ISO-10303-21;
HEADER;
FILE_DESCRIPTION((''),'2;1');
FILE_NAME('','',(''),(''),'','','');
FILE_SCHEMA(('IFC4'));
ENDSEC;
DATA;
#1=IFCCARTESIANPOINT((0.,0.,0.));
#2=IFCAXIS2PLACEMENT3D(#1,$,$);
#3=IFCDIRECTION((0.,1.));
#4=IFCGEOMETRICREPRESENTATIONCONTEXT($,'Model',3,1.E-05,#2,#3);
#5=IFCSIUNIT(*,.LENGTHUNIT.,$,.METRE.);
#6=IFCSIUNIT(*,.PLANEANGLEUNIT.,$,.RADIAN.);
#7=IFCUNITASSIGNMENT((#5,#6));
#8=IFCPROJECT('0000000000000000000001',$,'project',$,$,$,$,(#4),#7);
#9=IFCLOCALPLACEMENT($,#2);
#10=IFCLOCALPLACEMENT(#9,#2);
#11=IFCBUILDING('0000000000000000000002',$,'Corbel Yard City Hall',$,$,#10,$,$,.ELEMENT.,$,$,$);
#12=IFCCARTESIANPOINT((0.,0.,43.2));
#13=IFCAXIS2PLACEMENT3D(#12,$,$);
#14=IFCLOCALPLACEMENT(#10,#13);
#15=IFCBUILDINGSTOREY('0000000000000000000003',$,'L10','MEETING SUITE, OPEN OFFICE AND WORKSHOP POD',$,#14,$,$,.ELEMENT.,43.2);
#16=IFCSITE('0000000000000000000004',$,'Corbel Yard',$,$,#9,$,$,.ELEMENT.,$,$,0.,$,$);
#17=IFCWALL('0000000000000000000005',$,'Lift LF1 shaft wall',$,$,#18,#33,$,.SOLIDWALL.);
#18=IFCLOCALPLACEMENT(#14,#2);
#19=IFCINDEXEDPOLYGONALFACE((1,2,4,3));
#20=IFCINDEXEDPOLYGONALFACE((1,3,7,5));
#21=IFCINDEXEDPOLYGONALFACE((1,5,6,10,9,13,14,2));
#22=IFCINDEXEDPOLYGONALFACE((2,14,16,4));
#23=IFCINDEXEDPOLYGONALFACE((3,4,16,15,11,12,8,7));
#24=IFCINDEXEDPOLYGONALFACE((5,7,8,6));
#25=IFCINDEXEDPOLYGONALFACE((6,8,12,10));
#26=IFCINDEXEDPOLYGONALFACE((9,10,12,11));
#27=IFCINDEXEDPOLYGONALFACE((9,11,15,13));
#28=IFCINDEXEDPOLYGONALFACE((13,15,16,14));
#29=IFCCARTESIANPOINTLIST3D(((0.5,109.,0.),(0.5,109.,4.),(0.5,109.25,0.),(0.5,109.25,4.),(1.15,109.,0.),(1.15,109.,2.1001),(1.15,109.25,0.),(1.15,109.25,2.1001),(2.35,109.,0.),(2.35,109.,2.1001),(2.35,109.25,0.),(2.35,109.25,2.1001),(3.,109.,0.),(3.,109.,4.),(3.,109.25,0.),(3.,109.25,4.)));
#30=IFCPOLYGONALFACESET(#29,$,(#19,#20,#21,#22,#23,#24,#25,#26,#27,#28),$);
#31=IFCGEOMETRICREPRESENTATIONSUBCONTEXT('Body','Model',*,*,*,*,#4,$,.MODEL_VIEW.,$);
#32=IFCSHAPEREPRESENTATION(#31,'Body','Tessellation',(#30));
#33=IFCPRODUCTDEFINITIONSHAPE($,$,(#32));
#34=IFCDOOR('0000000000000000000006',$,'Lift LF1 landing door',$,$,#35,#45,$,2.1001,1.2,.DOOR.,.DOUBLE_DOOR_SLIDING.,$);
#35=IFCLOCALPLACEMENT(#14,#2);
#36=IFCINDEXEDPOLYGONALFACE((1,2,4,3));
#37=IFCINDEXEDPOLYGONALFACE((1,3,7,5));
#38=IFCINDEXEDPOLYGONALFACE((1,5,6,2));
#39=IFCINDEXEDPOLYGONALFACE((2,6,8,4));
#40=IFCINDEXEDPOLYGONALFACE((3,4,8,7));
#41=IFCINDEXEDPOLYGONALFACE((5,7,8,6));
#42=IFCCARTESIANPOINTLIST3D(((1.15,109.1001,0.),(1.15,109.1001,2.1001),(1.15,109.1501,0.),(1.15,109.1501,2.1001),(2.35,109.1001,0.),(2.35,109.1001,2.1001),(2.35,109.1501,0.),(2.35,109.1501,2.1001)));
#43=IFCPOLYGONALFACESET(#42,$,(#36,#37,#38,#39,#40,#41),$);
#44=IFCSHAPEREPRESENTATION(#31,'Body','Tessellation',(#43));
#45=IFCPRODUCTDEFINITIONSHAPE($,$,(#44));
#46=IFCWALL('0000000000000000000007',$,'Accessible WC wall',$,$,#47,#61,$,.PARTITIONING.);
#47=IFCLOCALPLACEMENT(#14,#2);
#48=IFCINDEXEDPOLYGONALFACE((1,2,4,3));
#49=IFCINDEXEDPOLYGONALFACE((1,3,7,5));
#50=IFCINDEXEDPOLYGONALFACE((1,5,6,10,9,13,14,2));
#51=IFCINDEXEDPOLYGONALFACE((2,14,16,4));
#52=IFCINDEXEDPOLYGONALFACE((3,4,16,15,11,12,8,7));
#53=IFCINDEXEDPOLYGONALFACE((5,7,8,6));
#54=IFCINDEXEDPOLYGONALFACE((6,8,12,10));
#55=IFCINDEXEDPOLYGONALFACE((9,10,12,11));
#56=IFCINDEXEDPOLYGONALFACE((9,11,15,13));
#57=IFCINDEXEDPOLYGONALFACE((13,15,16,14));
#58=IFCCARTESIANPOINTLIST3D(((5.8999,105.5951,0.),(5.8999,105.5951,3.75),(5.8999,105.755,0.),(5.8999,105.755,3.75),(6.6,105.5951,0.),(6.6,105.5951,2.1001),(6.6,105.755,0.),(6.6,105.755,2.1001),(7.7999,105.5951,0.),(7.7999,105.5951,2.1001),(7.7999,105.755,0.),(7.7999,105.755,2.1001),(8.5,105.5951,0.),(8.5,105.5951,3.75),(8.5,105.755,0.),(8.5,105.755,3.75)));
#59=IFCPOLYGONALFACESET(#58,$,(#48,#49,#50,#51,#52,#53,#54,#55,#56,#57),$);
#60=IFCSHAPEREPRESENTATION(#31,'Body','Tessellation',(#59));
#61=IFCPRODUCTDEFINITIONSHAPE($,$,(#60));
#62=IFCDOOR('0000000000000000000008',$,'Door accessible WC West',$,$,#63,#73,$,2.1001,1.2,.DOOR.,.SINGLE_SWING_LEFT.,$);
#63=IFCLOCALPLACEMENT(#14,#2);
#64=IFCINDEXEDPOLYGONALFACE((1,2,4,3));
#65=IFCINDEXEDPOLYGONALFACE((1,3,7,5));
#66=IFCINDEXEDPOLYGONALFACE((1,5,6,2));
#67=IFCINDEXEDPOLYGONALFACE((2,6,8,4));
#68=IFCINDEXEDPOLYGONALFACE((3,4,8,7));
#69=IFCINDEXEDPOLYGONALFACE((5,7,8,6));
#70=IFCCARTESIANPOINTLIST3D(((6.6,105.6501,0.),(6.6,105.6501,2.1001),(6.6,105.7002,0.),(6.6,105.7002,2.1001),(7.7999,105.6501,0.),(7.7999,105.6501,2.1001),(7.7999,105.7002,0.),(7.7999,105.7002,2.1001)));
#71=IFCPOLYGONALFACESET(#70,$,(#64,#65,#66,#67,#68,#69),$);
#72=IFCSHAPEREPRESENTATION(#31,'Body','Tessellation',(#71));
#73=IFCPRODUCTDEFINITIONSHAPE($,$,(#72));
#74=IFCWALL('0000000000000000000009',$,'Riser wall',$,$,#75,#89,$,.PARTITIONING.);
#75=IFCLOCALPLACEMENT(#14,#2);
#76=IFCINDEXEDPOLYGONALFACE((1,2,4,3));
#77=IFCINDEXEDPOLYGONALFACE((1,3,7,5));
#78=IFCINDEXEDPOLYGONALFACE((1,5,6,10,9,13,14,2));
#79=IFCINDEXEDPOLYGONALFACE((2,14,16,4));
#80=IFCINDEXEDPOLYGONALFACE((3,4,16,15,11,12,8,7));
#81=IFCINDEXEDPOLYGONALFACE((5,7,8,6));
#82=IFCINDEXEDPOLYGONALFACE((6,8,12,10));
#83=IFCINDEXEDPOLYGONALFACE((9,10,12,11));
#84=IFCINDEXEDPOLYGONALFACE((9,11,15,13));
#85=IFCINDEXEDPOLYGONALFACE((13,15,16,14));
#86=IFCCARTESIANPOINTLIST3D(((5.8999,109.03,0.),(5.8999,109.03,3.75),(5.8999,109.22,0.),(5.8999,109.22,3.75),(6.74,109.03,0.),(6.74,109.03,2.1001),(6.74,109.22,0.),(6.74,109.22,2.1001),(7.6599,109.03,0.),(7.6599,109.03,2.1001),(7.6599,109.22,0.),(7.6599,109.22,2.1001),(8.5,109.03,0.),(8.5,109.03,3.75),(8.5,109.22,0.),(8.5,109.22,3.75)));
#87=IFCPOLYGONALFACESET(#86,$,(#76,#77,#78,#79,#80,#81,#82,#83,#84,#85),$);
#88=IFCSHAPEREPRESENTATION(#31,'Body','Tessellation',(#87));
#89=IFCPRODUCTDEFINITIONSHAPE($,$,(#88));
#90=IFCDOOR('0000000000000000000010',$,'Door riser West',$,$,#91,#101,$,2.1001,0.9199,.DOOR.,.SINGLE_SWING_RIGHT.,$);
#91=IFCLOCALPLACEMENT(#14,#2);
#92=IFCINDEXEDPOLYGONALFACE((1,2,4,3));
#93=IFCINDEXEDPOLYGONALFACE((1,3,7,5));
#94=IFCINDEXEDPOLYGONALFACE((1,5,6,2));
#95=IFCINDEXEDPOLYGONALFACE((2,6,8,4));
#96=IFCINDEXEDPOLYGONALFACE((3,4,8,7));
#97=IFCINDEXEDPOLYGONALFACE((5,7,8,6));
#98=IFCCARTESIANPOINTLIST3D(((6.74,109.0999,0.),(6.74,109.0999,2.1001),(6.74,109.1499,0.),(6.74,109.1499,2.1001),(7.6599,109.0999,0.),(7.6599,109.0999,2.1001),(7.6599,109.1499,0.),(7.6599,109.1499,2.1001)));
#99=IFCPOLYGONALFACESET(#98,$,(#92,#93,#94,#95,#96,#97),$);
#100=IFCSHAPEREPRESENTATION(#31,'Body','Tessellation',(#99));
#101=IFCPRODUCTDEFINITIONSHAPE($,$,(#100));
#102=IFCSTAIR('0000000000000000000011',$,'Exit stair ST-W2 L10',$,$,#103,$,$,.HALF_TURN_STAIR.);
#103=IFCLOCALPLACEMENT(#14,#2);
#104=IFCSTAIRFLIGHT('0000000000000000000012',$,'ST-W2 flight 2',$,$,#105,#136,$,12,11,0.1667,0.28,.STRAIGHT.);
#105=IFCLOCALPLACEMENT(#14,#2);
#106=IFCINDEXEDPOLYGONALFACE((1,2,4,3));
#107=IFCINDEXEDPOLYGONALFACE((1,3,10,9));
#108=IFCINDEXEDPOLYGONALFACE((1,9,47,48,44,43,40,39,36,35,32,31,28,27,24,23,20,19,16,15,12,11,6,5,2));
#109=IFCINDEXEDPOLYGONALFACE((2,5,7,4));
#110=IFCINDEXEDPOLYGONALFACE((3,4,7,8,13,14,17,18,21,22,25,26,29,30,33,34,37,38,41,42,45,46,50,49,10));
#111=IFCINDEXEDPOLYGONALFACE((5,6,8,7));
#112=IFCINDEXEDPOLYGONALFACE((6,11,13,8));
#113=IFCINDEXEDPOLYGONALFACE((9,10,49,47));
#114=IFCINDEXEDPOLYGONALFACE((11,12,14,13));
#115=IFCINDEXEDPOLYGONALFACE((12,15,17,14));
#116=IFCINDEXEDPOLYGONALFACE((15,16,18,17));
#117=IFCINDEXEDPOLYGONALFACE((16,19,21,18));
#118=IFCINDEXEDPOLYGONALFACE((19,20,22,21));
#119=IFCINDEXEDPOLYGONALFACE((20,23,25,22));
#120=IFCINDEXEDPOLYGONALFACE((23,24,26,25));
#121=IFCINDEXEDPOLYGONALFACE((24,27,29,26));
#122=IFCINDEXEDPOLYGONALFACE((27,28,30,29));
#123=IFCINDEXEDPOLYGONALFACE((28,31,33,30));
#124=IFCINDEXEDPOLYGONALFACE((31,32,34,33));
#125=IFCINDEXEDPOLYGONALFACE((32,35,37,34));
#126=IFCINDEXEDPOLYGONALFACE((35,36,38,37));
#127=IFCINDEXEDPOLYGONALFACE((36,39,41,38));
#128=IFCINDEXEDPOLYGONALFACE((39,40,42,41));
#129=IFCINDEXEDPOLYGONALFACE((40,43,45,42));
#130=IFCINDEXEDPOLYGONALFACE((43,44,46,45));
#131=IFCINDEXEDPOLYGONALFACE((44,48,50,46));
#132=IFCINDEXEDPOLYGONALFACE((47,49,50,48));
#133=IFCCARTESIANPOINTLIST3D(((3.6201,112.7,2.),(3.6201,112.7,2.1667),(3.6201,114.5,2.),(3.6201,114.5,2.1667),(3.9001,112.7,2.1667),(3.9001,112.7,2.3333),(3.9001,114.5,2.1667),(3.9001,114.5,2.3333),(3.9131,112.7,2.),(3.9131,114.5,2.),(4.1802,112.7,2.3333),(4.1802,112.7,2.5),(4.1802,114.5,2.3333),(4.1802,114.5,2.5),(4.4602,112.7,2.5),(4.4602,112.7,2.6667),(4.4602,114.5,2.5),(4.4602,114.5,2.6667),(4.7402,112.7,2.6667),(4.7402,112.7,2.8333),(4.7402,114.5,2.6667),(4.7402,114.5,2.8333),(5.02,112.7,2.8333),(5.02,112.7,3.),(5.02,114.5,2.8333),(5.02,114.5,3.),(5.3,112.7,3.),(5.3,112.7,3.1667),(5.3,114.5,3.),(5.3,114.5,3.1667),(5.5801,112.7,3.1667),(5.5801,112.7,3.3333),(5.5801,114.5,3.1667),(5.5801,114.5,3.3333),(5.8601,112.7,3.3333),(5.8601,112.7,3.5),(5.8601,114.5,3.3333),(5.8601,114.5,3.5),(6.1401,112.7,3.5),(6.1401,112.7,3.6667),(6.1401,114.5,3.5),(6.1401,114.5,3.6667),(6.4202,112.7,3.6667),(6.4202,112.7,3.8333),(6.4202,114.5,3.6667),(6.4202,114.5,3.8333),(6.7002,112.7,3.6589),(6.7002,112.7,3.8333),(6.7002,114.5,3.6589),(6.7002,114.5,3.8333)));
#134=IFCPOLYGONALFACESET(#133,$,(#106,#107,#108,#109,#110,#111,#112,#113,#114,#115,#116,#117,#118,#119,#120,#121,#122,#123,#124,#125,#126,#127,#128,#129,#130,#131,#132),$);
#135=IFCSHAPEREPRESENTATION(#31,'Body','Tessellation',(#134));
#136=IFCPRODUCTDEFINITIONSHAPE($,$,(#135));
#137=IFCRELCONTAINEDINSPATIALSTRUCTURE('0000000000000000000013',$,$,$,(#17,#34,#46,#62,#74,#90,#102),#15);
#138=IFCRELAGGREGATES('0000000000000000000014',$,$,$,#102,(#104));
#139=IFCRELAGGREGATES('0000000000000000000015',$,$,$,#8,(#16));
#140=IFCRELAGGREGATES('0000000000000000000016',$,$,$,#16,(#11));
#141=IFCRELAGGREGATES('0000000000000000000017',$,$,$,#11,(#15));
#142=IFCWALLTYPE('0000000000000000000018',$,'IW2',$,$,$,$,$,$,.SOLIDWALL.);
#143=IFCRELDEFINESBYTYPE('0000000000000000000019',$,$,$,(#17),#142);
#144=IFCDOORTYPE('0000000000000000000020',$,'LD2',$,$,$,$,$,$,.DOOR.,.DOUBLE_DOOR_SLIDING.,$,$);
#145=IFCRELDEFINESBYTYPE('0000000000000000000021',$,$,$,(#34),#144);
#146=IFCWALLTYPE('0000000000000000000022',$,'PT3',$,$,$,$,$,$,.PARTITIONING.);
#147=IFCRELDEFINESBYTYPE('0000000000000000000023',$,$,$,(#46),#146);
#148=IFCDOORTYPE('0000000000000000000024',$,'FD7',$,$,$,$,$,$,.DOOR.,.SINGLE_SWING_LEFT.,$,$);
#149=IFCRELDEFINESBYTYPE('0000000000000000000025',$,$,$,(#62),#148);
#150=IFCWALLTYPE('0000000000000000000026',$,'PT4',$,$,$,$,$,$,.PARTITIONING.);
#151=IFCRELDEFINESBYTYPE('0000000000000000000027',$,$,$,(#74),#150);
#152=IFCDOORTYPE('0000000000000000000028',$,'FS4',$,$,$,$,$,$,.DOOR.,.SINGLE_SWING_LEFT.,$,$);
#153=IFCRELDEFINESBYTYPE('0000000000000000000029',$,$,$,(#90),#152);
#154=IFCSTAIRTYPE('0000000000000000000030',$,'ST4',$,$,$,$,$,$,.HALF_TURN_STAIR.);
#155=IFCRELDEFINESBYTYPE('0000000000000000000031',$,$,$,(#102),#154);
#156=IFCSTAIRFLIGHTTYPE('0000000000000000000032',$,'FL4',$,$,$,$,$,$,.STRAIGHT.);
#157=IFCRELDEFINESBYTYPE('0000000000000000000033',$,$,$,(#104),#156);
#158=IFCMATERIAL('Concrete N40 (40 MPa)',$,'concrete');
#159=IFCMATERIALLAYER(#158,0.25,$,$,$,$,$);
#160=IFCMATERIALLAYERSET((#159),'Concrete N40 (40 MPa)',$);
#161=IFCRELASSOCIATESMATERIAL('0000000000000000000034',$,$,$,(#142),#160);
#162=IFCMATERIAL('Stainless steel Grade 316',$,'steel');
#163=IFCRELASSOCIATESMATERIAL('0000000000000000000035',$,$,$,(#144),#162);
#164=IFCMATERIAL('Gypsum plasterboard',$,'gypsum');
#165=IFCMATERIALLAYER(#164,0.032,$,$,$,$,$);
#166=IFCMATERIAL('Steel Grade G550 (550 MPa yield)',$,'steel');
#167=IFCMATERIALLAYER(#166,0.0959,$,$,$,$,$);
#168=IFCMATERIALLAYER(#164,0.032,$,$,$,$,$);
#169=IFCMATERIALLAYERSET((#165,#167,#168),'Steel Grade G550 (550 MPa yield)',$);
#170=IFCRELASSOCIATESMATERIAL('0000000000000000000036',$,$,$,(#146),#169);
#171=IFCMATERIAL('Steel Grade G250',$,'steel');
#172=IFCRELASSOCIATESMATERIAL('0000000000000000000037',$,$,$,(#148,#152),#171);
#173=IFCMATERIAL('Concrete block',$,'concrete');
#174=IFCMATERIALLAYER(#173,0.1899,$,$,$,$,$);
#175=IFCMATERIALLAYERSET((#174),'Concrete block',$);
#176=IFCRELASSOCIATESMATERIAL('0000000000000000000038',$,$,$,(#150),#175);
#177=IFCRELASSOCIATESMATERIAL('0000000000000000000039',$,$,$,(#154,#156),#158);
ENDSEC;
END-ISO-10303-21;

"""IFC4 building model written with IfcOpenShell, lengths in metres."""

from ifc_helpers import new_model, si_unit, direction, frame, frame_2d, origin, place, context, subcontext, project, spatial, polyline, rectangle, outline, extrude, material, layer, layer_set, type_object, element, fill, aggregate, save


model = new_model("IFC4")

# Units and contexts
model_context = context("Model", 3, precision=1e-05, world=origin(), true_north=direction((0.0, 1.0)))
body_context = subcontext(model_context, "Body", "Model", "MODEL_VIEW")
ifc_project = project(units=[si_unit("LENGTHUNIT", "METRE"), si_unit("PLANEANGLEUNIT", "RADIAN")], contexts=[model_context])

# Site, building, storey
site_placement = place(None, origin())
site = spatial("IfcSite", under=ifc_project, at=site_placement, Name="Corbel Yard", CompositionType="ELEMENT", RefElevation=0.0)
building_placement = place(site_placement, origin())
building = spatial("IfcBuilding", under=site, at=building_placement, Name="Corbel Yard City Hall", CompositionType="ELEMENT")
storey_placement = place(building_placement, frame((0.0, 0.0, 43.2)))
storey = spatial("IfcBuildingStorey", under=building, at=storey_placement, Name="L10", Description="MEETING SUITE, OPEN OFFICE AND WORKSHOP POD", CompositionType="ELEMENT", Elevation=43.2)

# Shared definitions
ifc_material_1 = material(Name="Concrete N40 (40 MPa)", Category="concrete")
ifc_layer_1 = layer(ifc_material_1, 0.25)
ifc_layer_set_1 = layer_set([ifc_layer_1], Name="Concrete N40 (40 MPa)")
wall_type_1 = type_object("IfcWallType", Name="IW2", PredefinedType="SOLIDWALL", material=ifc_layer_set_1)

# Shared definitions
ifc_material_2 = material(Name="Stainless steel Grade 316", Category="steel")

# Walls, openings, doors
wall_1_placement = place(storey_placement, frame((3.0, 109.125, 0.0), z_axis=(0.0, 0.0, 1.0), x_axis=(-1.0, 0.0, 0.0)))
wall_1 = element("IfcWall", 1, at=wall_1_placement, inside=storey, type_object=wall_type_1, Name="Lift LF1 shaft wall", PredefinedType="SOLIDWALL", context=body_context, shape_type="SweptSolid", body=[
    extrude(rectangle(XDim=2.5, YDim=0.25, at=frame_2d((1.25, 0.0))), origin(), (0.0, 0.0, 1.0), 4.0),
])
opening_1_placement = place(wall_1_placement, frame((0.6499, 0.0, 0.0)))
opening_1 = element("IfcOpeningElement", 2, at=opening_1_placement, cuts=wall_1, PredefinedType="OPENING", context=body_context, shape_type="SweptSolid", body=[
    extrude(rectangle(XDim=1.2, YDim=2.1001, at=frame_2d((0.6001, 1.05))), frame((0.0, 0.135, 0.0), z_axis=(0.0, -1.0, 0.0), x_axis=(1.0, 0.0, 0.0)), (0.0, 0.0, 1.0), 0.27),
])
door_type_1 = type_object("IfcDoorType", Name="LD2", OperationType="DOUBLE_DOOR_SLIDING", PredefinedType="DOOR", material=ifc_material_2)
door_1_placement = place(opening_1_placement, origin())
door_1 = element("IfcDoor", 3, at=door_1_placement, inside=storey, type_object=door_type_1, Name="Lift LF1 landing door", OperationType="DOUBLE_DOOR_SLIDING", OverallHeight=2.1001, OverallWidth=1.2, PredefinedType="DOOR", context=body_context, shape_type="SweptSolid", body=[
    extrude(rectangle(XDim=1.2, YDim=2.1001, at=frame_2d((0.6001, 1.05))), frame((0.0, 0.0249, 0.0), z_axis=(0.0, -1.0, 0.0), x_axis=(1.0, 0.0, 0.0)), (0.0, 0.0, 1.0), 0.05),
])
fill(opening_1, door_1)
ifc_material_3 = material(Name="Gypsum plasterboard", Category="gypsum")
ifc_layer_2 = layer(ifc_material_3, 0.032)
ifc_material_4 = material(Name="Steel Grade G550 (550 MPa yield)", Category="steel")
ifc_layer_3 = layer(ifc_material_4, 0.0959)
ifc_layer_4 = layer(ifc_material_3, 0.032)
ifc_layer_set_2 = layer_set([ifc_layer_2, ifc_layer_3, ifc_layer_4], Name="Steel Grade G550 (550 MPa yield)")
wall_type_2 = type_object("IfcWallType", Name="PT3", PredefinedType="PARTITIONING", material=ifc_layer_set_2)
wall_2_placement = place(storey_placement, frame((8.5, 105.675, 0.0), z_axis=(0.0, 0.0, 1.0), x_axis=(-1.0, 0.0, 0.0)))
wall_2 = element("IfcWall", 4, at=wall_2_placement, inside=storey, type_object=wall_type_2, Name="Accessible WC wall", PredefinedType="PARTITIONING", context=body_context, shape_type="SweptSolid", body=[
    extrude(rectangle(XDim=2.6001, YDim=0.1599, at=frame_2d((1.3, 0.0))), origin(), (0.0, 0.0, 1.0), 3.75),
])
opening_2_placement = place(wall_2_placement, frame((0.7, 0.0, 0.0)))
opening_2 = element("IfcOpeningElement", 5, at=opening_2_placement, cuts=wall_2, PredefinedType="OPENING", context=body_context, shape_type="SweptSolid", body=[
    extrude(rectangle(XDim=1.2, YDim=2.1001, at=frame_2d((0.6001, 1.05))), frame((0.0, 0.0898, 0.0), z_axis=(0.0, -1.0, 0.0), x_axis=(1.0, 0.0, 0.0)), (0.0, 0.0, 1.0), 0.1799),
])
ifc_material_5 = material(Name="Steel Grade G250", Category="steel")
door_type_2 = type_object("IfcDoorType", Name="FD7", OperationType="SINGLE_SWING_LEFT", PredefinedType="DOOR", material=ifc_material_5)
door_2_placement = place(opening_2_placement, origin())
door_2 = element("IfcDoor", 6, at=door_2_placement, inside=storey, type_object=door_type_2, Name="Door accessible WC West", OperationType="SINGLE_SWING_LEFT", OverallHeight=2.1001, OverallWidth=1.2, PredefinedType="DOOR", context=body_context, shape_type="SweptSolid", body=[
    extrude(rectangle(XDim=1.2, YDim=2.1001, at=frame_2d((0.6001, 1.05))), frame((0.0, 0.0249, 0.0), z_axis=(0.0, -1.0, 0.0), x_axis=(1.0, 0.0, 0.0)), (0.0, 0.0, 1.0), 0.05),
])
fill(opening_2, door_2)
ifc_material_6 = material(Name="Concrete block", Category="concrete")
ifc_layer_5 = layer(ifc_material_6, 0.1899)
ifc_layer_set_3 = layer_set([ifc_layer_5], Name="Concrete block")
wall_type_3 = type_object("IfcWallType", Name="PT4", PredefinedType="PARTITIONING", material=ifc_layer_set_3)
wall_3_placement = place(storey_placement, frame((8.5, 109.125, 0.0), z_axis=(0.0, 0.0, 1.0), x_axis=(-1.0, 0.0, 0.0)))
wall_3 = element("IfcWall", 7, at=wall_3_placement, inside=storey, type_object=wall_type_3, Name="Riser wall", PredefinedType="PARTITIONING", context=body_context, shape_type="SweptSolid", body=[
    extrude(rectangle(XDim=2.6001, YDim=0.1899, at=frame_2d((1.3, 0.0))), origin(), (0.0, 0.0, 1.0), 3.75),
])
opening_3_placement = place(wall_3_placement, frame((0.8401, 0.0, 0.0)))
opening_3 = element("IfcOpeningElement", 8, at=opening_3_placement, cuts=wall_3, PredefinedType="OPENING", context=body_context, shape_type="SweptSolid", body=[
    extrude(rectangle(XDim=0.9199, YDim=2.1001, at=frame_2d((0.46, 1.05))), frame((0.0, 0.105, 0.0), z_axis=(0.0, -1.0, 0.0), x_axis=(1.0, 0.0, 0.0)), (0.0, 0.0, 1.0), 0.21),
])
door_type_3 = type_object("IfcDoorType", Name="FS4", OperationType="SINGLE_SWING_LEFT", PredefinedType="DOOR", material=ifc_material_5)
door_3_placement = place(opening_3_placement, frame((0.9199, 0.0, 0.0), z_axis=(0.0, 0.0, 1.0), x_axis=(-1.0, 0.0, 0.0)))
door_3 = element("IfcDoor", 9, at=door_3_placement, inside=storey, type_object=door_type_3, Name="Door riser West", OperationType="SINGLE_SWING_RIGHT", OverallHeight=2.1001, OverallWidth=0.9199, PredefinedType="DOOR", context=body_context, shape_type="SweptSolid", body=[
    extrude(rectangle(XDim=0.9199, YDim=2.1001, at=frame_2d((0.46, 1.05))), frame((0.0, 0.0249, 0.0), z_axis=(0.0, -1.0, 0.0), x_axis=(1.0, 0.0, 0.0)), (0.0, 0.0, 1.0), 0.05),
])
fill(opening_3, door_3)

# Stair, stair flight
stair_type = type_object("IfcStairType", Name="ST4", PredefinedType="HALF_TURN_STAIR", material=ifc_material_1)
stair_placement = place(storey_placement, origin())
stair = element("IfcStair", 10, at=stair_placement, inside=storey, type_object=stair_type, Name="Exit stair ST-W2 L10", PredefinedType="HALF_TURN_STAIR")
stair_flight_type = type_object("IfcStairFlightType", Name="FL4", PredefinedType="STRAIGHT", material=ifc_material_1)
stair_flight_placement = place(storey_placement, frame((3.6201, 113.6001, 2.0), z_axis=(0.0, 0.0, 1.0), x_axis=(1.0, 0.0, 0.0)))
stair_flight = element("IfcStairFlight", 11, at=stair_flight_placement, type_object=stair_flight_type, Name="ST-W2 flight 2", NumberOfRisers=12, NumberOfTreads=11, PredefinedType="STRAIGHT", RiserHeight=0.1667, TreadLength=0.28, context=body_context, shape_type="SweptSolid", body=[
    extrude(outline(polyline([(0.0, 0.0), (0.0, 0.1667), (0.28, 0.1667), (0.28, 0.3333), (0.5601, 0.3333), (0.5601, 0.5), (0.8401, 0.5), (0.8401, 0.6667), (1.1201, 0.6667), (1.1201, 0.8333), (1.3999, 0.8333), (1.3999, 1.0), (1.6799, 1.0), (1.6799, 1.1667), (1.96, 1.1667), (1.96, 1.3333), (2.24, 1.3333), (2.24, 1.5), (2.52, 1.5), (2.52, 1.6667), (2.8, 1.6667), (2.8, 1.8333), (3.0801, 1.8333), (3.0801, 2.0), (3.0801, 1.6589), (0.293, 0.0), (0.0, 0.0)])), frame((0.0, 0.8999, 0.0), z_axis=(0.0, -1.0, 0.0), x_axis=(1.0, 0.0, 0.0)), (0.0, 0.0, 1.0), 1.8),
])
aggregate(stair, [stair_flight])

save(model, "model.ifc")
